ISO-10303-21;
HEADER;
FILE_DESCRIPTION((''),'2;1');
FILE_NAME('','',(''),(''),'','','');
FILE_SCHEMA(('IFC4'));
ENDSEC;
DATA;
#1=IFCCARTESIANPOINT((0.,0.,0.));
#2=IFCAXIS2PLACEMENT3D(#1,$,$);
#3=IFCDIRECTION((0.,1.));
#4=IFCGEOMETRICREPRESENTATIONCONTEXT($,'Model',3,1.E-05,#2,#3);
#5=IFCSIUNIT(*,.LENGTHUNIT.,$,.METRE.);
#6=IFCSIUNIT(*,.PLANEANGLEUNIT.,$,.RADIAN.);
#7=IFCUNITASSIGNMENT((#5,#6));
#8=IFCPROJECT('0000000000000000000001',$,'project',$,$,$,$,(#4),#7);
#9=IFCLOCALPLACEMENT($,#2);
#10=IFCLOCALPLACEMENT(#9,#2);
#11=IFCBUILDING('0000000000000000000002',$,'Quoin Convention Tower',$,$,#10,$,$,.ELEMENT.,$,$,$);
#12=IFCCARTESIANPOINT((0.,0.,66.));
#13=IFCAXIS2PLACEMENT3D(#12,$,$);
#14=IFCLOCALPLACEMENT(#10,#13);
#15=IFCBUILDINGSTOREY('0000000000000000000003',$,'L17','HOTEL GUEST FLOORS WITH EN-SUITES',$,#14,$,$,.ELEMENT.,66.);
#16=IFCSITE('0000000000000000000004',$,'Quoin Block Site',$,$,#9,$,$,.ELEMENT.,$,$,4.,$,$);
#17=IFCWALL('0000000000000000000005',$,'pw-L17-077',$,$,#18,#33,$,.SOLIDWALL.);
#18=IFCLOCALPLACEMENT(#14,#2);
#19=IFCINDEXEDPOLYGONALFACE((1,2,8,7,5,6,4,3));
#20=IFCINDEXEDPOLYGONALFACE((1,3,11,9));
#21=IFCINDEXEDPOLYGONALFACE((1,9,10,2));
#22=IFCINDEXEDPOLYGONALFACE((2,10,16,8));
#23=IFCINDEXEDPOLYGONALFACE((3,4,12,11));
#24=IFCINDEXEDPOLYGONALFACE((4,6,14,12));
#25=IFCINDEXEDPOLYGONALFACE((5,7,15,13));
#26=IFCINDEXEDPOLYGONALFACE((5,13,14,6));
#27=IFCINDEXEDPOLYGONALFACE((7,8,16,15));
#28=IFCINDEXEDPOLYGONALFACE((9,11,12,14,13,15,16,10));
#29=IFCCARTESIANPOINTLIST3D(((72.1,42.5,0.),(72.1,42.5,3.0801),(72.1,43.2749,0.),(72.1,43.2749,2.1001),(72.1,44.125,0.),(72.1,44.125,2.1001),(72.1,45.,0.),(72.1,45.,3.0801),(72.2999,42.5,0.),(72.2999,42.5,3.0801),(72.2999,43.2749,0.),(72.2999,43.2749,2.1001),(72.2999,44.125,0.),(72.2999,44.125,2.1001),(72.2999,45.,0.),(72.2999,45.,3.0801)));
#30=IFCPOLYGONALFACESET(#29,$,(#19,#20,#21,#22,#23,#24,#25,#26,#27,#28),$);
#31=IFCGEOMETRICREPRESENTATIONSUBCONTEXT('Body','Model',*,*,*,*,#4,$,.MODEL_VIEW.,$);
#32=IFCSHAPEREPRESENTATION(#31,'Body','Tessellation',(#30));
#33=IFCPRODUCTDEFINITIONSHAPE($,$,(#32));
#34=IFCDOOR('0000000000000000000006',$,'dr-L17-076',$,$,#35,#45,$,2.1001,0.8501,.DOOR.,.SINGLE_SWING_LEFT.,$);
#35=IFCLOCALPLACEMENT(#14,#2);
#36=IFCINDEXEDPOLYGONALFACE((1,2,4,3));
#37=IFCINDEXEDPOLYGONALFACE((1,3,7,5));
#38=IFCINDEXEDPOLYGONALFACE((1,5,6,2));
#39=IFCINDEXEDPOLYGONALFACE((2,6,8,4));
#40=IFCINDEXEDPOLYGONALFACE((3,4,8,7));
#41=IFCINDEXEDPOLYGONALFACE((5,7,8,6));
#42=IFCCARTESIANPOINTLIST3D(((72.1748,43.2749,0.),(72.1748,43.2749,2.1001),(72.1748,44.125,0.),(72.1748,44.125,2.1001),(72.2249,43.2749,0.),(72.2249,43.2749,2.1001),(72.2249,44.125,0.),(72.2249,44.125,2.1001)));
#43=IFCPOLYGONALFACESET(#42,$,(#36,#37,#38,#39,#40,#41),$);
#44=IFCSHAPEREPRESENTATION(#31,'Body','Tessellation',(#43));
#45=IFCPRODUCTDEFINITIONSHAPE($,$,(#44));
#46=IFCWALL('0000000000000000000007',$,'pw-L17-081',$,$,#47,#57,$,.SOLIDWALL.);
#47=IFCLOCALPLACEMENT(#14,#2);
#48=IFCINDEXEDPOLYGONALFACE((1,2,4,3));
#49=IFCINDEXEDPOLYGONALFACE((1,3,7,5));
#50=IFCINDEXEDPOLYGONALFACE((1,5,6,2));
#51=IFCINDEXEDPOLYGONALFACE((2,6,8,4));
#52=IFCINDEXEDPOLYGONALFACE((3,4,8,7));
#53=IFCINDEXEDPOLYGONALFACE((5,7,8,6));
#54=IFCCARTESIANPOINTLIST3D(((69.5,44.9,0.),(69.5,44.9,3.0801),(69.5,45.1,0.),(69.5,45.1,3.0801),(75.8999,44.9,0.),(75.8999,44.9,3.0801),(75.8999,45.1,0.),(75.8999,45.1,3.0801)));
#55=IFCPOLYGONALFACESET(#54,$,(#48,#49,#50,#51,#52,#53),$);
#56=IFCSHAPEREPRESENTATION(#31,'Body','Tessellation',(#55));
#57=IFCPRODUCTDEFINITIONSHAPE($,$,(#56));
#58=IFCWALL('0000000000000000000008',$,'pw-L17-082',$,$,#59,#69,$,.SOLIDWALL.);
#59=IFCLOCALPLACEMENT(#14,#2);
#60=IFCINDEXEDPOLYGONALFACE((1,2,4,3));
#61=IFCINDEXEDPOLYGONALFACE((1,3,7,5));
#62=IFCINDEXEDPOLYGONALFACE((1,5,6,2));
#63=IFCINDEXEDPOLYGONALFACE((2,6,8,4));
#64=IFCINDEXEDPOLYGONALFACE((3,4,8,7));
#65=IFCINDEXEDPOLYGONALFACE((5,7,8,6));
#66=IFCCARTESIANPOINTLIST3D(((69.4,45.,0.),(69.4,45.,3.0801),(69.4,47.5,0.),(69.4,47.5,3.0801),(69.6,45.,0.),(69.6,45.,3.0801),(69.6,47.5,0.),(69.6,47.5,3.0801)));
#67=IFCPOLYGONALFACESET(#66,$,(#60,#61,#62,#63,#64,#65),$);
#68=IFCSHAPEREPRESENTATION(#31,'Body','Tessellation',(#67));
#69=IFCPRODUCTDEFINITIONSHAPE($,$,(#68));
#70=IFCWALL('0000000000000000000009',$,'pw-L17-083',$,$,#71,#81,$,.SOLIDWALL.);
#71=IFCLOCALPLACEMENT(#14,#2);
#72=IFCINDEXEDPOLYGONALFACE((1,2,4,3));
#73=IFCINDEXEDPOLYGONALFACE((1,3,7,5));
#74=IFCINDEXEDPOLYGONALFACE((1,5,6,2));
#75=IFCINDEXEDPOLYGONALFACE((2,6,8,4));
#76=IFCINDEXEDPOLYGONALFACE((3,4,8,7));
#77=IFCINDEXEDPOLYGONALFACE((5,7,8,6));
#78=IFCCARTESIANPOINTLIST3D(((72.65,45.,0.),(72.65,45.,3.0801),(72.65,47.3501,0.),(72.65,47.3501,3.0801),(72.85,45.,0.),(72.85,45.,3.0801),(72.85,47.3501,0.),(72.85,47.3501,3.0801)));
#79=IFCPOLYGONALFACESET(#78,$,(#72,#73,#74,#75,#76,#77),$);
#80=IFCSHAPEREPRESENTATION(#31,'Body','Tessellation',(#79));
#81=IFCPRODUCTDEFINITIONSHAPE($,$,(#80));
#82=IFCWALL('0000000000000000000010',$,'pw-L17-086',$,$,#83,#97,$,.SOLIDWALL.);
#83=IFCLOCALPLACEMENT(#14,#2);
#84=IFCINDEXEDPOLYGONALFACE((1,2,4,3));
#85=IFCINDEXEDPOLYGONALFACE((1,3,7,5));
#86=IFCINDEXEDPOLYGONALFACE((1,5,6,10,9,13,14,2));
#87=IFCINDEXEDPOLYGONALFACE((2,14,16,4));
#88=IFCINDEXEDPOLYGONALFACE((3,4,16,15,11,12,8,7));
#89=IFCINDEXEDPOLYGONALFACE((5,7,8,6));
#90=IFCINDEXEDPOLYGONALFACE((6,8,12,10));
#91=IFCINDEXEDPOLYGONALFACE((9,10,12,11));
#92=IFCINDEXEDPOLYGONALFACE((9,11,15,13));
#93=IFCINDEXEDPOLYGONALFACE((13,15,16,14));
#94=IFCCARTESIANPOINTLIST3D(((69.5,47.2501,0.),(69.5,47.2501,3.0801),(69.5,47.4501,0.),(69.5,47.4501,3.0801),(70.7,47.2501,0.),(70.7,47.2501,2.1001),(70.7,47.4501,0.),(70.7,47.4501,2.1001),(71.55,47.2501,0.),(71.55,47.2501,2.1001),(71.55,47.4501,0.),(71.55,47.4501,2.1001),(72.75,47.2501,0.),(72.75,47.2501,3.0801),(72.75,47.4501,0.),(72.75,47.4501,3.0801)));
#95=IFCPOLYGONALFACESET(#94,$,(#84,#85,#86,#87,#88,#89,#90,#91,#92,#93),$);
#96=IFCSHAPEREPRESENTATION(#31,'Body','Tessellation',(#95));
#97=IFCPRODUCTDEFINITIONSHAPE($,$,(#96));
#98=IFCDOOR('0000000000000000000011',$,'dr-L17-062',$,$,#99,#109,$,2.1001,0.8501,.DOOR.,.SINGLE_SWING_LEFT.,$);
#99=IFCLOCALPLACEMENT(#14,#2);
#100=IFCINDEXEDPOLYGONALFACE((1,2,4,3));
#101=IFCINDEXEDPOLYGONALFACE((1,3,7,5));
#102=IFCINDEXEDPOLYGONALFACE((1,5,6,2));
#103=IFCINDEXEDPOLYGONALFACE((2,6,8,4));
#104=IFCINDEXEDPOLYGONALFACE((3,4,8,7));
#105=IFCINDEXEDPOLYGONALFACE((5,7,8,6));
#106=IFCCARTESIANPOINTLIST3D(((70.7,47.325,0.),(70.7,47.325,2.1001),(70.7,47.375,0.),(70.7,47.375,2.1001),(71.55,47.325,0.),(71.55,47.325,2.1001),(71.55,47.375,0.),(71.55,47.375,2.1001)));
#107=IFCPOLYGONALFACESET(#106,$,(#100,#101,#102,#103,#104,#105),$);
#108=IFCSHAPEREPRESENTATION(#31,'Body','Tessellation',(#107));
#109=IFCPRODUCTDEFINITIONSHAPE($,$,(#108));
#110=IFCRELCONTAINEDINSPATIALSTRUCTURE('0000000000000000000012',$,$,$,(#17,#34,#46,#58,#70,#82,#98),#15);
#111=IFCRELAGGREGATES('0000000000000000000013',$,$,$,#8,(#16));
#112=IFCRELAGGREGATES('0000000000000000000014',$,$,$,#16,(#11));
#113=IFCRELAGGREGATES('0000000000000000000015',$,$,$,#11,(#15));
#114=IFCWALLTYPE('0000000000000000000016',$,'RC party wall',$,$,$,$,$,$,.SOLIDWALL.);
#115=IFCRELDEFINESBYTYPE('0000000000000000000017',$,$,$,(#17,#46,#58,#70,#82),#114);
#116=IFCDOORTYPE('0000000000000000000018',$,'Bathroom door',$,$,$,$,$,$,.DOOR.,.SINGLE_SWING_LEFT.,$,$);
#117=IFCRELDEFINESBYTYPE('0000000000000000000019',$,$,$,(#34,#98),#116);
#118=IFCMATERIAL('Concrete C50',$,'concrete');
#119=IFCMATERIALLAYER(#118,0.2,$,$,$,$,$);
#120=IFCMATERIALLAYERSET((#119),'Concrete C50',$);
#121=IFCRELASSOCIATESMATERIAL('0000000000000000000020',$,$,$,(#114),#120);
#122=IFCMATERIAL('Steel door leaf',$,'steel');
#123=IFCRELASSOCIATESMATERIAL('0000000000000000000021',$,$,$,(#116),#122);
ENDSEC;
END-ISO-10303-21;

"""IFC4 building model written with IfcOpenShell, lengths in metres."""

from ifc_helpers import new_model, si_unit, direction, frame, frame_2d, origin, place, context, subcontext, project, spatial, rectangle, extrude, material, layer, layer_set, type_object, element, fill, save


model = new_model("IFC4")

# Units and contexts
model_context = context("Model", 3, precision=1e-05, world=origin(), true_north=direction((0.0, 1.0)))
body_context = subcontext(model_context, "Body", "Model", "MODEL_VIEW")
ifc_project = project(units=[si_unit("LENGTHUNIT", "METRE"), si_unit("PLANEANGLEUNIT", "RADIAN")], contexts=[model_context])

# Site, building, storey
site_placement = place(None, origin())
site = spatial("IfcSite", under=ifc_project, at=site_placement, Name="Quoin Block Site", CompositionType="ELEMENT", RefElevation=4.0)
building_placement = place(site_placement, origin())
building = spatial("IfcBuilding", under=site, at=building_placement, Name="Quoin Convention Tower", CompositionType="ELEMENT")
storey_placement = place(building_placement, frame((0.0, 0.0, 66.0)))
storey = spatial("IfcBuildingStorey", under=building, at=storey_placement, Name="L17", Description="HOTEL GUEST FLOORS WITH EN-SUITES", CompositionType="ELEMENT", Elevation=66.0)

# Shared definitions
ifc_material_1 = material(Name="Concrete C50", Category="concrete")
ifc_layer_1 = layer(ifc_material_1, 0.2)
ifc_layer_set_1 = layer_set([ifc_layer_1], Name="Concrete C50")
wall_type_1 = type_object("IfcWallType", Name="RC party wall", PredefinedType="SOLIDWALL", material=ifc_layer_set_1)

# Wall, opening, door
wall_1_placement = place(storey_placement, frame((72.2, 42.5, 0.0), z_axis=(0.0, 0.0, 1.0), x_axis=(0.0, 1.0, 0.0)))
wall_1 = element("IfcWall", 1, at=wall_1_placement, inside=storey, type_object=wall_type_1, Name="pw-L17-077", PredefinedType="SOLIDWALL", context=body_context, shape_type="SweptSolid", body=[
    extrude(rectangle(XDim=2.5, YDim=0.2, at=frame_2d((1.25, 0.0))), origin(), (0.0, 0.0, 1.0), 3.0801),
])
opening_1_placement = place(wall_1_placement, frame((0.7749, 0.0, 0.0)))
opening_1 = element("IfcOpeningElement", 2, at=opening_1_placement, cuts=wall_1, PredefinedType="OPENING", context=body_context, shape_type="SweptSolid", body=[
    extrude(rectangle(XDim=0.8501, YDim=2.1001, at=frame_2d((0.425, 1.05))), frame((0.0, 0.1099, 0.0), z_axis=(0.0, -1.0, 0.0), x_axis=(1.0, 0.0, 0.0)), (0.0, 0.0, 1.0), 0.22),
])
ifc_material_2 = material(Name="Steel door leaf", Category="steel")
door_type = type_object("IfcDoorType", Name="Bathroom door", OperationType="SINGLE_SWING_LEFT", PredefinedType="DOOR", material=ifc_material_2)
door_1_placement = place(opening_1_placement, frame((0.8501, 0.0, 0.0), z_axis=(0.0, 0.0, 1.0), x_axis=(-1.0, 0.0, 0.0)))
door_1 = element("IfcDoor", 3, at=door_1_placement, inside=storey, type_object=door_type, Name="dr-L17-076", OperationType="SINGLE_SWING_LEFT", OverallHeight=2.1001, OverallWidth=0.8501, PredefinedType="DOOR", context=body_context, shape_type="SweptSolid", body=[
    extrude(rectangle(XDim=0.8501, YDim=2.1001, at=frame_2d((0.425, 1.05))), frame((0.0, 0.0249, 0.0), z_axis=(0.0, -1.0, 0.0), x_axis=(1.0, 0.0, 0.0)), (0.0, 0.0, 1.0), 0.05),
])
fill(opening_1, door_1)

# Walls
wall_2_placement = place(storey_placement, frame((69.5, 45.0, 0.0), z_axis=(0.0, 0.0, 1.0), x_axis=(1.0, 0.0, 0.0)))
element("IfcWall", 4, at=wall_2_placement, inside=storey, type_object=wall_type_1, Name="pw-L17-081", PredefinedType="SOLIDWALL", context=body_context, shape_type="SweptSolid", body=[
    extrude(rectangle(XDim=6.3999, YDim=0.2, at=frame_2d((3.2, 0.0))), origin(), (0.0, 0.0, 1.0), 3.0801),
])
wall_3_placement = place(storey_placement, frame((69.5, 45.0, 0.0), z_axis=(0.0, 0.0, 1.0), x_axis=(0.0, 1.0, 0.0)))
element("IfcWall", 5, at=wall_3_placement, inside=storey, type_object=wall_type_1, Name="pw-L17-082", PredefinedType="SOLIDWALL", context=body_context, shape_type="SweptSolid", body=[
    extrude(rectangle(XDim=2.5, YDim=0.2, at=frame_2d((1.25, 0.0))), origin(), (0.0, 0.0, 1.0), 3.0801),
])
wall_4_placement = place(storey_placement, frame((72.75, 45.0, 0.0), z_axis=(0.0, 0.0, 1.0), x_axis=(0.0, 1.0, 0.0)))
element("IfcWall", 6, at=wall_4_placement, inside=storey, type_object=wall_type_1, Name="pw-L17-083", PredefinedType="SOLIDWALL", context=body_context, shape_type="SweptSolid", body=[
    extrude(rectangle(XDim=2.3501, YDim=0.2, at=frame_2d((1.175, 0.0))), origin(), (0.0, 0.0, 1.0), 3.0801),
])

# Wall, opening, door
wall_5_placement = place(storey_placement, frame((69.5, 47.3501, 0.0), z_axis=(0.0, 0.0, 1.0), x_axis=(1.0, 0.0, 0.0)))
wall_5 = element("IfcWall", 7, at=wall_5_placement, inside=storey, type_object=wall_type_1, Name="pw-L17-086", PredefinedType="SOLIDWALL", context=body_context, shape_type="SweptSolid", body=[
    extrude(rectangle(XDim=3.25, YDim=0.2, at=frame_2d((1.625, 0.0))), origin(), (0.0, 0.0, 1.0), 3.0801),
])
opening_2_placement = place(wall_5_placement, frame((1.2, 0.0, 0.0)))
opening_2 = element("IfcOpeningElement", 8, at=opening_2_placement, cuts=wall_5, PredefinedType="OPENING", context=body_context, shape_type="SweptSolid", body=[
    extrude(rectangle(XDim=0.8501, YDim=2.1001, at=frame_2d((0.425, 1.05))), frame((0.0, 0.1099, 0.0), z_axis=(0.0, -1.0, 0.0), x_axis=(1.0, 0.0, 0.0)), (0.0, 0.0, 1.0), 0.22),
])
door_2_placement = place(opening_2_placement, origin())
door_2 = element("IfcDoor", 9, at=door_2_placement, inside=storey, type_object=door_type, Name="dr-L17-062", OperationType="SINGLE_SWING_LEFT", OverallHeight=2.1001, OverallWidth=0.8501, PredefinedType="DOOR", context=body_context, shape_type="SweptSolid", body=[
    extrude(rectangle(XDim=0.8501, YDim=2.1001, at=frame_2d((0.425, 1.05))), frame((0.0, 0.0249, 0.0), z_axis=(0.0, -1.0, 0.0), x_axis=(1.0, 0.0, 0.0)), (0.0, 0.0, 1.0), 0.05),
])
fill(opening_2, door_2)

save(model, "model.ifc")
